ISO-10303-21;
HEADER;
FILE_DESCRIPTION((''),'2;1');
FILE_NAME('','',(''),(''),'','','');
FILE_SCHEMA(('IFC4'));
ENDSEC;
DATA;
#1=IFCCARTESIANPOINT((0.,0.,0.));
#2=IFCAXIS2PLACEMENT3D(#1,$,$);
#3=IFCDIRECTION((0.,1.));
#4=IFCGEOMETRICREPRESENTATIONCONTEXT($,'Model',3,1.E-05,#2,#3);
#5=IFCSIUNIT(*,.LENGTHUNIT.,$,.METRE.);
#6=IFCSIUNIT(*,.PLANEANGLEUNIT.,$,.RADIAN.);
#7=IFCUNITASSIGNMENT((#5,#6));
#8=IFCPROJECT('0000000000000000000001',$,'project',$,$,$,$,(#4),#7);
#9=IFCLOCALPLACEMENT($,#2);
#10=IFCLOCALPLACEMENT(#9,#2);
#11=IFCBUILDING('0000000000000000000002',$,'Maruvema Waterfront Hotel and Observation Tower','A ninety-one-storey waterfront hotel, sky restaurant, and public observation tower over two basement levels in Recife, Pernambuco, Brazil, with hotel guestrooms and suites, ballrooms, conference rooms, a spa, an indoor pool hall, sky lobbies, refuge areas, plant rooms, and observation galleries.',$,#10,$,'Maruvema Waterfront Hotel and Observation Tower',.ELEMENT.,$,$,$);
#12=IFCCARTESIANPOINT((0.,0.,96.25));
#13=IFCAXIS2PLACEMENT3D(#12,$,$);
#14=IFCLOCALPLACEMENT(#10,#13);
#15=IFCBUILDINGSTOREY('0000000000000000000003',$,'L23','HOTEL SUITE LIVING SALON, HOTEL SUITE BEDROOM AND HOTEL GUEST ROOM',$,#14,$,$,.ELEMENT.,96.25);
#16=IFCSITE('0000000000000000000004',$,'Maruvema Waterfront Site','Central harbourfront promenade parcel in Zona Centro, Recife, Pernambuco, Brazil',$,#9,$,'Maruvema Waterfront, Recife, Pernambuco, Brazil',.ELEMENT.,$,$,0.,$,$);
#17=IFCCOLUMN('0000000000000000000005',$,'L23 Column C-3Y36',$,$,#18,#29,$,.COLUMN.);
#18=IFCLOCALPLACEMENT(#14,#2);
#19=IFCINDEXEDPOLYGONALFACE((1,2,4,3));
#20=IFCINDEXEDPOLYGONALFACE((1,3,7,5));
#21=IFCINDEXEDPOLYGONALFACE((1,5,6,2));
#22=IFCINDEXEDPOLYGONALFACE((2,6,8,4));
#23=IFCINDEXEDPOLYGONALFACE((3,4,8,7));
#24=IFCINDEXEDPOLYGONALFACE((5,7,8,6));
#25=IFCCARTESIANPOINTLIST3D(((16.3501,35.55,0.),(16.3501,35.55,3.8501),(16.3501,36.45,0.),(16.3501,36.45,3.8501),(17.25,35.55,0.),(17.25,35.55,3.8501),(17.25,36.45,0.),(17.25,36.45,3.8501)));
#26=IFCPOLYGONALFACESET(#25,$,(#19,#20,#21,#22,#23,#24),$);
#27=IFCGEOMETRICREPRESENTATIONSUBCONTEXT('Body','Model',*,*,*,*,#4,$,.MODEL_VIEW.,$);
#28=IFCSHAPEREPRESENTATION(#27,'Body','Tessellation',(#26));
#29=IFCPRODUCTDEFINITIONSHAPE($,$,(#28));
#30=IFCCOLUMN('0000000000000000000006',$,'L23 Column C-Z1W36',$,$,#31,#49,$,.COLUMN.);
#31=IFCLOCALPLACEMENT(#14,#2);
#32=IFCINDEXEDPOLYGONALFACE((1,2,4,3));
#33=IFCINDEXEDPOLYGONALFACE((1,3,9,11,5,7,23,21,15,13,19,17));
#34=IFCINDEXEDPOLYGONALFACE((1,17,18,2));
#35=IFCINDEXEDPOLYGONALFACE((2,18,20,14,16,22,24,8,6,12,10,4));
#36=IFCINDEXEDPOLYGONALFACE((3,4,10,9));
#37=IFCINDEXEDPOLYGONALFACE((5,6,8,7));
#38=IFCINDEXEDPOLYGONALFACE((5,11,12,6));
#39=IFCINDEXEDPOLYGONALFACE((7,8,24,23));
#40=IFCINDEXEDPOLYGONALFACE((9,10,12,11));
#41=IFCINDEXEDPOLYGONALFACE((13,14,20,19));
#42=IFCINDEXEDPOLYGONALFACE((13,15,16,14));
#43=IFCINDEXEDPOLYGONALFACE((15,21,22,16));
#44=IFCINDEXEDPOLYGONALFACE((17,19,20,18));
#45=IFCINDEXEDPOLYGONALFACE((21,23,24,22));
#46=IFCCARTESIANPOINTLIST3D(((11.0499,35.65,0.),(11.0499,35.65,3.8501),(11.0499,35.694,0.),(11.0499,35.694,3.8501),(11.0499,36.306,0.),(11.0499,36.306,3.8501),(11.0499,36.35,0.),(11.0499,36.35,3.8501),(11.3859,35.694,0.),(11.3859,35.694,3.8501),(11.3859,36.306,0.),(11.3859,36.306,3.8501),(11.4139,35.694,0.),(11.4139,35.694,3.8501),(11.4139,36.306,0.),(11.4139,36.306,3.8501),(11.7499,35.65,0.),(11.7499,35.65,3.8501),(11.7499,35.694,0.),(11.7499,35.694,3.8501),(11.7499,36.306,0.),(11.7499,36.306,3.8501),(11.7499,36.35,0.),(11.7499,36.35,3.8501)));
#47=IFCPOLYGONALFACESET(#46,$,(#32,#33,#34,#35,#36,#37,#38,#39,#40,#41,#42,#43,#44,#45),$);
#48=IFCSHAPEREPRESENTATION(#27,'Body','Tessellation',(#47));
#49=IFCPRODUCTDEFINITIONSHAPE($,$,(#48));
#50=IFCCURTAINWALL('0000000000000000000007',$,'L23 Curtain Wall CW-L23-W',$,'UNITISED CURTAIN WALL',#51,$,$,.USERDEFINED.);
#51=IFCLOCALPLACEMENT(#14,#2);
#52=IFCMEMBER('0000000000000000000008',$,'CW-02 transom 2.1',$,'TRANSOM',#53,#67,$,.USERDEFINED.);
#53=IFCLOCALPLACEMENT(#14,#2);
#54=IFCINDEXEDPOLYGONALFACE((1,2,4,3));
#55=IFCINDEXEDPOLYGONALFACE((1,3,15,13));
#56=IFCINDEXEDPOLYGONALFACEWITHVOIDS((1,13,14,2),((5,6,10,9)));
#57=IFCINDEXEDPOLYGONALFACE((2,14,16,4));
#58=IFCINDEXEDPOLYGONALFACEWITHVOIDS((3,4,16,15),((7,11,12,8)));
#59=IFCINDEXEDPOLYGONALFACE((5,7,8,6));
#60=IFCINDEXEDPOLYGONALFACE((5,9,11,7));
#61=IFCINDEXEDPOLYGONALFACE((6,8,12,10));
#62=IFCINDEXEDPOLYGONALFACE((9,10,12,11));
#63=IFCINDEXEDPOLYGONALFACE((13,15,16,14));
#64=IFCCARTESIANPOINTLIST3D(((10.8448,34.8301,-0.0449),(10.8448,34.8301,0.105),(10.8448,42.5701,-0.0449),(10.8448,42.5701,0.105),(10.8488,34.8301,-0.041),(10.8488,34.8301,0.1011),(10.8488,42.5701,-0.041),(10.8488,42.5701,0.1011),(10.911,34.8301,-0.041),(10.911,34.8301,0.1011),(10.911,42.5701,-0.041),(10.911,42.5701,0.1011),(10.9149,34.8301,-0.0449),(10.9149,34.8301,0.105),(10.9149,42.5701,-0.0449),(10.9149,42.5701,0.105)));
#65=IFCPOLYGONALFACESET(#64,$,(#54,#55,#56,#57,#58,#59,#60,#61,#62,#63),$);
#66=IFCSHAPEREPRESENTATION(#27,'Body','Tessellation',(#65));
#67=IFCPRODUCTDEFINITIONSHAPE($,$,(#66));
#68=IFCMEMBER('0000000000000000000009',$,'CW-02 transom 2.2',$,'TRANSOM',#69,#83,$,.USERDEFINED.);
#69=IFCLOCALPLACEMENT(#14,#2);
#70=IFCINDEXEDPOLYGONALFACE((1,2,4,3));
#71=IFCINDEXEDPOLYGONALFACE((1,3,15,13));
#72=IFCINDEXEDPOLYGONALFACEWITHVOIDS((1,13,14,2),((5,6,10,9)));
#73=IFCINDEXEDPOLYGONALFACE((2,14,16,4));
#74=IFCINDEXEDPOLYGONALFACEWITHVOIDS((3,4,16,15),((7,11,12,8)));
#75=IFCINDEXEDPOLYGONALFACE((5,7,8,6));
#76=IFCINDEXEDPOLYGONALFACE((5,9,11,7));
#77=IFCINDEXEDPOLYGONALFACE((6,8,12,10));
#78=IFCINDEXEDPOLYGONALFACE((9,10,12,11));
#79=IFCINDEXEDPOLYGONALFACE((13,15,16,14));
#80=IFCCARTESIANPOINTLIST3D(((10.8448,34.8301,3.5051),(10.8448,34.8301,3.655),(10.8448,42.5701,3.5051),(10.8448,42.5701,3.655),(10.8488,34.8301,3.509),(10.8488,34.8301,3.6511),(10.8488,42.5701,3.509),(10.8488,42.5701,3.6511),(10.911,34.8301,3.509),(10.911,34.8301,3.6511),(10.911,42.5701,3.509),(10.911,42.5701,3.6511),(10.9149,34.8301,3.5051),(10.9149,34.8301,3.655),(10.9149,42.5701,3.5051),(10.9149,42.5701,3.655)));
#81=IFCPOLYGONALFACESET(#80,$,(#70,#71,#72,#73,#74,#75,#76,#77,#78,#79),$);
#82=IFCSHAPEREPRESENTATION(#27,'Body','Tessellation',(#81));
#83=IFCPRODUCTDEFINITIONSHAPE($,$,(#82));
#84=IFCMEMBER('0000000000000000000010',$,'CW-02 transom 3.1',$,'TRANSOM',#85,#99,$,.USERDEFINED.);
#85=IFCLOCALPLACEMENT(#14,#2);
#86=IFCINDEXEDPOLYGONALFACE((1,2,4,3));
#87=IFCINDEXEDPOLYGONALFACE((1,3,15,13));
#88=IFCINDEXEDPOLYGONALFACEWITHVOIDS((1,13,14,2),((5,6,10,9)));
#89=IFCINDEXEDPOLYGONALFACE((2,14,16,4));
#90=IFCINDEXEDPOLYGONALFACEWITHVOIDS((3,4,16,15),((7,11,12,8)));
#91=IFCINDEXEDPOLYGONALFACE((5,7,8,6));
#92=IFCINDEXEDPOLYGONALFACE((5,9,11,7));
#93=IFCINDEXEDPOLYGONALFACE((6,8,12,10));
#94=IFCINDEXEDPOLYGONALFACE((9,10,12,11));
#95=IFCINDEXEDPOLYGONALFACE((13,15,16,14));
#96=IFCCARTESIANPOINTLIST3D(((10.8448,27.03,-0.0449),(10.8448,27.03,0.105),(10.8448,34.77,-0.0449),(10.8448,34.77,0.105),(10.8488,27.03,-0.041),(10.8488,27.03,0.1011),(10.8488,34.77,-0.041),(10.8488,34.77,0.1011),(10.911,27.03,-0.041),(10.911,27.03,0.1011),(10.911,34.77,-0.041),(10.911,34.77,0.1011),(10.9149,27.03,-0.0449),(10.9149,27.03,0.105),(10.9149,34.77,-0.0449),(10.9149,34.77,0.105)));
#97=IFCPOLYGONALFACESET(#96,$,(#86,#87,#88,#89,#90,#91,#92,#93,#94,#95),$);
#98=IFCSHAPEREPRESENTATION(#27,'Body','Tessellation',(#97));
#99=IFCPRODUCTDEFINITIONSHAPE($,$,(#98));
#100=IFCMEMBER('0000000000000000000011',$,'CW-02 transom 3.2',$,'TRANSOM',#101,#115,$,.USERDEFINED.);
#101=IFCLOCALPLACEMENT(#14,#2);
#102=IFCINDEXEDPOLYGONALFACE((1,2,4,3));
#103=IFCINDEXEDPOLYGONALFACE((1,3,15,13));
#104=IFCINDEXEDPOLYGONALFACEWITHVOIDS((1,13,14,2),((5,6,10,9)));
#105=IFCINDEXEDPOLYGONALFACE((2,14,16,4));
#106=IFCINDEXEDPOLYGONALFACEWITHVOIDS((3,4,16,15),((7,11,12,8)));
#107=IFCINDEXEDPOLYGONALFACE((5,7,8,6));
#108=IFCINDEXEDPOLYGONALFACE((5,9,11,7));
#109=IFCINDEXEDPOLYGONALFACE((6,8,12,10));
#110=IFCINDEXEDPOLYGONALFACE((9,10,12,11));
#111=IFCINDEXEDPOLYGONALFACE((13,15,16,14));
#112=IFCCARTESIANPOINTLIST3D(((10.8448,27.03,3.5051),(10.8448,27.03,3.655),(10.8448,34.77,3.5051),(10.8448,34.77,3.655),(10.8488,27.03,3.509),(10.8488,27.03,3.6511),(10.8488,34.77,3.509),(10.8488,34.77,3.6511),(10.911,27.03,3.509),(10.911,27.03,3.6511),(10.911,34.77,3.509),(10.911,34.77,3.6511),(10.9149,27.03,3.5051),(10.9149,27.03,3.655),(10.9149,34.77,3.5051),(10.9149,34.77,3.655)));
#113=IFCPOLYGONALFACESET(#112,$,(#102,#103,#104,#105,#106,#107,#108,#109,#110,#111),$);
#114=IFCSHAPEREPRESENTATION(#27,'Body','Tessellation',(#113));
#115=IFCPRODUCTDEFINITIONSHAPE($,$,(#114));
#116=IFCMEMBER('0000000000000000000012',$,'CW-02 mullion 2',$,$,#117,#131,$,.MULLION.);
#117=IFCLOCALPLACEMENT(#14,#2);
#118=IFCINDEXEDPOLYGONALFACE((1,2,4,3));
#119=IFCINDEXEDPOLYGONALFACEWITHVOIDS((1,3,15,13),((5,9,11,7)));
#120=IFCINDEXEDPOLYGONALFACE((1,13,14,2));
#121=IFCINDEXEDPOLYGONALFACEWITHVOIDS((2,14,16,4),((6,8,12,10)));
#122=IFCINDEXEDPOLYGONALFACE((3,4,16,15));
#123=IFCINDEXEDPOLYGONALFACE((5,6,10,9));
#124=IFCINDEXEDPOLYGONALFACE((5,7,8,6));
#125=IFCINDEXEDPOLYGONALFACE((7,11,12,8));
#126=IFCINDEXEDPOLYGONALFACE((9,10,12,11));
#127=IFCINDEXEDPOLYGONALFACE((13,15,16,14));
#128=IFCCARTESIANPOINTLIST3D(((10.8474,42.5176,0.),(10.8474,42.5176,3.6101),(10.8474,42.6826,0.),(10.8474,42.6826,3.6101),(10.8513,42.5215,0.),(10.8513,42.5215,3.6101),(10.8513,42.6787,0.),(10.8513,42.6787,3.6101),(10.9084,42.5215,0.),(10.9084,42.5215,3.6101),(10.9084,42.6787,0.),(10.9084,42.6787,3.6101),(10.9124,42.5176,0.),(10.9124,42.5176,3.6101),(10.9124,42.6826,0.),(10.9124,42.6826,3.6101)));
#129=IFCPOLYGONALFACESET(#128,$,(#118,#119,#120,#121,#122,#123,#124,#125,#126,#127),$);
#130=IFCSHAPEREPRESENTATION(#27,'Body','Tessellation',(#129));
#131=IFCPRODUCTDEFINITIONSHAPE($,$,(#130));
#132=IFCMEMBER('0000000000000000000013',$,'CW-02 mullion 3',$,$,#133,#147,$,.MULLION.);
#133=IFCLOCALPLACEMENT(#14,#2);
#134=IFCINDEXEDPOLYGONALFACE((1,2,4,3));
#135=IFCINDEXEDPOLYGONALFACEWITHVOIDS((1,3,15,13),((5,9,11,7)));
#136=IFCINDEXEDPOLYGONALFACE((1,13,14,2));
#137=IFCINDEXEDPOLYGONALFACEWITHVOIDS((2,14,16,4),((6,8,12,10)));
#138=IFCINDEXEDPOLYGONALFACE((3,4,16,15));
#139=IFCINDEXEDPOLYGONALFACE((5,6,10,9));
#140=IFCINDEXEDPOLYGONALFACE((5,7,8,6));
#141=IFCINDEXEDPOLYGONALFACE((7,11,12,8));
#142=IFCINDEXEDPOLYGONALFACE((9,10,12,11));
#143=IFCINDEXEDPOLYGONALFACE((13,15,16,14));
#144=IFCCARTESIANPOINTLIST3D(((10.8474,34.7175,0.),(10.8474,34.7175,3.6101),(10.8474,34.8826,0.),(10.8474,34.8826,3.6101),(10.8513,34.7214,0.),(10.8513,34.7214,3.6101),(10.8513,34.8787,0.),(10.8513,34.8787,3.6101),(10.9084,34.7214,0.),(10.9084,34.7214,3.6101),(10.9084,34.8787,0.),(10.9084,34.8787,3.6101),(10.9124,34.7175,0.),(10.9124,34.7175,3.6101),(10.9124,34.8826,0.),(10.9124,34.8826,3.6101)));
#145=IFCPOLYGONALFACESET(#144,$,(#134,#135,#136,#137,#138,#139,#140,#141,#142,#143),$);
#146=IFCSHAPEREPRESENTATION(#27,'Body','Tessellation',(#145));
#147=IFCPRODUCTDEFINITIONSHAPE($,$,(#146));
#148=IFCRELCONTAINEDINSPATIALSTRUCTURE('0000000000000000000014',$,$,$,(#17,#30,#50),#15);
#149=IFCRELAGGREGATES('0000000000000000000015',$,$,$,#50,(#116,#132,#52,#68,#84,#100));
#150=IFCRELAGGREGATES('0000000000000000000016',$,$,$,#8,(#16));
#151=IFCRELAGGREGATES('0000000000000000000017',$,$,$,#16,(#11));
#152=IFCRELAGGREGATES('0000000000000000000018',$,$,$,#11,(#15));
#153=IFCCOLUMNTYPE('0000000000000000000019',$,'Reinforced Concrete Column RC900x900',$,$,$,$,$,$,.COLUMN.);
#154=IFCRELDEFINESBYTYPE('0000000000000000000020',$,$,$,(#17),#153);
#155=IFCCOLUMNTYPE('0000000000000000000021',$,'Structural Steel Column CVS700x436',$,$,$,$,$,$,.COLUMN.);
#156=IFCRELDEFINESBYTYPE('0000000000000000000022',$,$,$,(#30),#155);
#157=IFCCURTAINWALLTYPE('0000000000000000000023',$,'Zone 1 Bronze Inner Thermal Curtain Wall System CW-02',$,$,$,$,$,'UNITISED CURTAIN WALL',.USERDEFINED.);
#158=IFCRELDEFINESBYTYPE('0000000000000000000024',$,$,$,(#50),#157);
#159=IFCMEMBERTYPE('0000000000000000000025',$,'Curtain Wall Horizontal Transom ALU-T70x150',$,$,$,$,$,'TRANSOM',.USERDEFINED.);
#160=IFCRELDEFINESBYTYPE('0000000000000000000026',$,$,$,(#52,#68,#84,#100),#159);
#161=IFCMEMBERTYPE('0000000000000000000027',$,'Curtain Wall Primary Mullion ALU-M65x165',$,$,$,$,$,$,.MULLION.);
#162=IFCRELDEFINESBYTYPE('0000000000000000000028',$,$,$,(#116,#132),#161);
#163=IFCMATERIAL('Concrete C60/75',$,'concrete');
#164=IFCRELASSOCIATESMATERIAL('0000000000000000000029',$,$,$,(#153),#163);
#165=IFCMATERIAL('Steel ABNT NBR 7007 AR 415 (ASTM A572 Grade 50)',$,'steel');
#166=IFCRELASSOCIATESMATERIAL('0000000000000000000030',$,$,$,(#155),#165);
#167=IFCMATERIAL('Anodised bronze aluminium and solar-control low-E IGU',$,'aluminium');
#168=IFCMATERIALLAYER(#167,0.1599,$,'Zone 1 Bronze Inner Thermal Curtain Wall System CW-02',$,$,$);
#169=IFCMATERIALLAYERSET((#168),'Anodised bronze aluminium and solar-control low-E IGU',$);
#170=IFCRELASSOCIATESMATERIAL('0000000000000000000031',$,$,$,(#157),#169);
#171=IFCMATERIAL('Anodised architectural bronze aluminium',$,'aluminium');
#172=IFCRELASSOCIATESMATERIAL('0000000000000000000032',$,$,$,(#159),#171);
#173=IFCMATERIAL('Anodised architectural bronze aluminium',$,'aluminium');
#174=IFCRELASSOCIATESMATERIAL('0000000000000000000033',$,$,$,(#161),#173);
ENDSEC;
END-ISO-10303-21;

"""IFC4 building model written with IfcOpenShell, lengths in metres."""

from ifc_helpers import new_model, si_unit, direction, frame, origin, origin_2d, place, context, subcontext, project, spatial, rectangle, hollow_rectangle, i_section, extrude, material, layer, layer_set, material_profile, profile_set, type_object, element, aggregate, save


model = new_model("IFC4")

# Units and contexts
model_context = context("Model", 3, precision=1e-05, world=origin(), true_north=direction((0.0, 1.0)))
body_context = subcontext(model_context, "Body", "Model", "MODEL_VIEW")
ifc_project = project(units=[si_unit("LENGTHUNIT", "METRE"), si_unit("PLANEANGLEUNIT", "RADIAN")], contexts=[model_context])

# Site, building, storey
site_placement = place(None, origin())
site = spatial("IfcSite", under=ifc_project, at=site_placement, Name="Maruvema Waterfront Site", Description="Central harbourfront promenade parcel in Zona Centro, Recife, Pernambuco, Brazil", LongName="Maruvema Waterfront, Recife, Pernambuco, Brazil", CompositionType="ELEMENT", RefElevation=0.0)
building_placement = place(site_placement, origin())
building = spatial("IfcBuilding", under=site, at=building_placement, Name="Maruvema Waterfront Hotel and Observation Tower", Description="A ninety-one-storey waterfront hotel, sky restaurant, and public observation tower over two basement levels in Recife, Pernambuco, Brazil, with hotel guestrooms and suites, ballrooms, conference rooms, a spa, an indoor pool hall, sky lobbies, refuge areas, plant rooms, and observation galleries.", LongName="Maruvema Waterfront Hotel and Observation Tower", CompositionType="ELEMENT")
storey_placement = place(building_placement, frame((0.0, 0.0, 96.25)))
storey = spatial("IfcBuildingStorey", under=building, at=storey_placement, Name="L23", Description="HOTEL SUITE LIVING SALON, HOTEL SUITE BEDROOM AND HOTEL GUEST ROOM", CompositionType="ELEMENT", Elevation=96.25)

# Columns
ifc_material_1 = material(Name="Concrete C60/75", Category="concrete")
ifc_material_profile_1 = material_profile(ifc_material_1, rectangle(XDim=0.8999, YDim=0.8999, at=origin_2d()), Name="RC900x900")
ifc_profile_set_1 = profile_set([ifc_material_profile_1], Name="Concrete C60/75")
column_type_1 = type_object("IfcColumnType", Name="Reinforced Concrete Column RC900x900", PredefinedType="COLUMN", material=ifc_profile_set_1)
column_1_placement = place(storey_placement, frame((16.8, 36.0, 0.0), z_axis=(0.0, 0.0, 1.0), x_axis=(1.0, 0.0, 0.0)))
element("IfcColumn", 1, at=column_1_placement, inside=storey, type_object=column_type_1, Name="L23 Column C-3Y36", PredefinedType="COLUMN", context=body_context, shape_type="SweptSolid", body=[
    extrude(rectangle(XDim=0.8999, YDim=0.8999, at=origin_2d()), origin(), (0.0, 0.0, 1.0), 3.8501),
])
ifc_material_2 = material(Name="Steel ABNT NBR 7007 AR 415 (ASTM A572 Grade 50)", Category="steel")
ifc_material_profile_2 = material_profile(ifc_material_2, i_section(OverallWidth=0.7, OverallDepth=0.7, WebThickness=0.0281, FlangeThickness=0.0439, at=origin_2d()), Name="CVS700x436")
ifc_profile_set_2 = profile_set([ifc_material_profile_2], Name="Steel ABNT NBR 7007 AR 415 (ASTM A572 Grade 50)")
column_type_2 = type_object("IfcColumnType", Name="Structural Steel Column CVS700x436", PredefinedType="COLUMN", material=ifc_profile_set_2)
column_2_placement = place(storey_placement, frame((11.3999, 36.0, 0.0), z_axis=(0.0, 0.0, 1.0), x_axis=(1.0, 0.0, 0.0)))
element("IfcColumn", 2, at=column_2_placement, inside=storey, type_object=column_type_2, Name="L23 Column C-Z1W36", PredefinedType="COLUMN", context=body_context, shape_type="SweptSolid", body=[
    extrude(i_section(OverallWidth=0.7, OverallDepth=0.7, WebThickness=0.0281, FlangeThickness=0.0439, at=origin_2d()), origin(), (0.0, 0.0, 1.0), 3.8501),
])

# Curtain wall, members
ifc_material_3 = material(Name="Anodised bronze aluminium and solar-control low-E IGU", Category="aluminium")
ifc_layer_1 = layer(ifc_material_3, 0.1599, Name="Zone 1 Bronze Inner Thermal Curtain Wall System CW-02")
ifc_layer_set_1 = layer_set([ifc_layer_1], Name="Anodised bronze aluminium and solar-control low-E IGU")
curtain_wall_type = type_object("IfcCurtainWallType", Name="Zone 1 Bronze Inner Thermal Curtain Wall System CW-02", ElementType="UNITISED CURTAIN WALL", PredefinedType="USERDEFINED", material=ifc_layer_set_1)
curtain_wall_placement = place(storey_placement, origin())
curtain_wall = element("IfcCurtainWall", 3, at=curtain_wall_placement, inside=storey, type_object=curtain_wall_type, Name="L23 Curtain Wall CW-L23-W", ObjectType="UNITISED CURTAIN WALL", PredefinedType="USERDEFINED")
ifc_material_4 = material(Name="Anodised architectural bronze aluminium", Category="aluminium")
ifc_material_profile_3 = material_profile(ifc_material_4, hollow_rectangle(XDim=0.0701, YDim=0.1499, WallThickness=0.0039, at=origin_2d()), Name="ALU-T70x150")
ifc_profile_set_3 = profile_set([ifc_material_profile_3], Name="Anodised architectural bronze aluminium")
member_type_1 = type_object("IfcMemberType", Name="Curtain Wall Horizontal Transom ALU-T70x150", ElementType="TRANSOM", PredefinedType="USERDEFINED", material=ifc_profile_set_3)
member_1_placement = place(storey_placement, frame((10.8799, 42.5701, 0.03), z_axis=(0.0, -1.0, 0.0), x_axis=(1.0, 0.0, 0.0)))
member_1 = element("IfcMember", 4, at=member_1_placement, type_object=member_type_1, Name="CW-02 transom 2.1", ObjectType="TRANSOM", PredefinedType="USERDEFINED", context=body_context, shape_type="SweptSolid", body=[
    extrude(hollow_rectangle(XDim=0.0701, YDim=0.1499, WallThickness=0.0039, at=origin_2d()), origin(), (0.0, 0.0, 1.0), 7.74),
])
member_2_placement = place(storey_placement, frame((10.8799, 42.5701, 3.5801), z_axis=(0.0, -1.0, 0.0), x_axis=(1.0, 0.0, 0.0)))
member_2 = element("IfcMember", 5, at=member_2_placement, type_object=member_type_1, Name="CW-02 transom 2.2", ObjectType="TRANSOM", PredefinedType="USERDEFINED", context=body_context, shape_type="SweptSolid", body=[
    extrude(hollow_rectangle(XDim=0.0701, YDim=0.1499, WallThickness=0.0039, at=origin_2d()), origin(), (0.0, 0.0, 1.0), 7.74),
])
member_3_placement = place(storey_placement, frame((10.8799, 34.77, 0.03), z_axis=(0.0, -1.0, 0.0), x_axis=(1.0, 0.0, 0.0)))
member_3 = element("IfcMember", 6, at=member_3_placement, type_object=member_type_1, Name="CW-02 transom 3.1", ObjectType="TRANSOM", PredefinedType="USERDEFINED", context=body_context, shape_type="SweptSolid", body=[
    extrude(hollow_rectangle(XDim=0.0701, YDim=0.1499, WallThickness=0.0039, at=origin_2d()), origin(), (0.0, 0.0, 1.0), 7.74),
])
member_4_placement = place(storey_placement, frame((10.8799, 34.77, 3.5801), z_axis=(0.0, -1.0, 0.0), x_axis=(1.0, 0.0, 0.0)))
member_4 = element("IfcMember", 7, at=member_4_placement, type_object=member_type_1, Name="CW-02 transom 3.2", ObjectType="TRANSOM", PredefinedType="USERDEFINED", context=body_context, shape_type="SweptSolid", body=[
    extrude(hollow_rectangle(XDim=0.0701, YDim=0.1499, WallThickness=0.0039, at=origin_2d()), origin(), (0.0, 0.0, 1.0), 7.74),
])
ifc_material_5 = material(Name="Anodised architectural bronze aluminium", Category="aluminium")
ifc_material_profile_4 = material_profile(ifc_material_5, hollow_rectangle(XDim=0.0649, YDim=0.165, WallThickness=0.0039, at=origin_2d()), Name="ALU-M65x165")
ifc_profile_set_4 = profile_set([ifc_material_profile_4], Name="Anodised architectural bronze aluminium")
member_type_2 = type_object("IfcMemberType", Name="Curtain Wall Primary Mullion ALU-M65x165", PredefinedType="MULLION", material=ifc_profile_set_4)
member_5_placement = place(storey_placement, frame((10.8799, 42.6001, 0.0), z_axis=(0.0, 0.0, 1.0), x_axis=(1.0, 0.0, 0.0)))
member_5 = element("IfcMember", 8, at=member_5_placement, type_object=member_type_2, Name="CW-02 mullion 2", PredefinedType="MULLION", context=body_context, shape_type="SweptSolid", body=[
    extrude(hollow_rectangle(XDim=0.0649, YDim=0.165, WallThickness=0.0039, at=origin_2d()), origin(), (0.0, 0.0, 1.0), 3.6101),
])
member_6_placement = place(storey_placement, frame((10.8799, 34.8, 0.0), z_axis=(0.0, 0.0, 1.0), x_axis=(1.0, 0.0, 0.0)))
member_6 = element("IfcMember", 9, at=member_6_placement, type_object=member_type_2, Name="CW-02 mullion 3", PredefinedType="MULLION", context=body_context, shape_type="SweptSolid", body=[
    extrude(hollow_rectangle(XDim=0.0649, YDim=0.165, WallThickness=0.0039, at=origin_2d()), origin(), (0.0, 0.0, 1.0), 3.6101),
])

aggregate(curtain_wall, [member_5, member_6, member_1, member_2, member_3, member_4])

save(model, "model.ifc")
